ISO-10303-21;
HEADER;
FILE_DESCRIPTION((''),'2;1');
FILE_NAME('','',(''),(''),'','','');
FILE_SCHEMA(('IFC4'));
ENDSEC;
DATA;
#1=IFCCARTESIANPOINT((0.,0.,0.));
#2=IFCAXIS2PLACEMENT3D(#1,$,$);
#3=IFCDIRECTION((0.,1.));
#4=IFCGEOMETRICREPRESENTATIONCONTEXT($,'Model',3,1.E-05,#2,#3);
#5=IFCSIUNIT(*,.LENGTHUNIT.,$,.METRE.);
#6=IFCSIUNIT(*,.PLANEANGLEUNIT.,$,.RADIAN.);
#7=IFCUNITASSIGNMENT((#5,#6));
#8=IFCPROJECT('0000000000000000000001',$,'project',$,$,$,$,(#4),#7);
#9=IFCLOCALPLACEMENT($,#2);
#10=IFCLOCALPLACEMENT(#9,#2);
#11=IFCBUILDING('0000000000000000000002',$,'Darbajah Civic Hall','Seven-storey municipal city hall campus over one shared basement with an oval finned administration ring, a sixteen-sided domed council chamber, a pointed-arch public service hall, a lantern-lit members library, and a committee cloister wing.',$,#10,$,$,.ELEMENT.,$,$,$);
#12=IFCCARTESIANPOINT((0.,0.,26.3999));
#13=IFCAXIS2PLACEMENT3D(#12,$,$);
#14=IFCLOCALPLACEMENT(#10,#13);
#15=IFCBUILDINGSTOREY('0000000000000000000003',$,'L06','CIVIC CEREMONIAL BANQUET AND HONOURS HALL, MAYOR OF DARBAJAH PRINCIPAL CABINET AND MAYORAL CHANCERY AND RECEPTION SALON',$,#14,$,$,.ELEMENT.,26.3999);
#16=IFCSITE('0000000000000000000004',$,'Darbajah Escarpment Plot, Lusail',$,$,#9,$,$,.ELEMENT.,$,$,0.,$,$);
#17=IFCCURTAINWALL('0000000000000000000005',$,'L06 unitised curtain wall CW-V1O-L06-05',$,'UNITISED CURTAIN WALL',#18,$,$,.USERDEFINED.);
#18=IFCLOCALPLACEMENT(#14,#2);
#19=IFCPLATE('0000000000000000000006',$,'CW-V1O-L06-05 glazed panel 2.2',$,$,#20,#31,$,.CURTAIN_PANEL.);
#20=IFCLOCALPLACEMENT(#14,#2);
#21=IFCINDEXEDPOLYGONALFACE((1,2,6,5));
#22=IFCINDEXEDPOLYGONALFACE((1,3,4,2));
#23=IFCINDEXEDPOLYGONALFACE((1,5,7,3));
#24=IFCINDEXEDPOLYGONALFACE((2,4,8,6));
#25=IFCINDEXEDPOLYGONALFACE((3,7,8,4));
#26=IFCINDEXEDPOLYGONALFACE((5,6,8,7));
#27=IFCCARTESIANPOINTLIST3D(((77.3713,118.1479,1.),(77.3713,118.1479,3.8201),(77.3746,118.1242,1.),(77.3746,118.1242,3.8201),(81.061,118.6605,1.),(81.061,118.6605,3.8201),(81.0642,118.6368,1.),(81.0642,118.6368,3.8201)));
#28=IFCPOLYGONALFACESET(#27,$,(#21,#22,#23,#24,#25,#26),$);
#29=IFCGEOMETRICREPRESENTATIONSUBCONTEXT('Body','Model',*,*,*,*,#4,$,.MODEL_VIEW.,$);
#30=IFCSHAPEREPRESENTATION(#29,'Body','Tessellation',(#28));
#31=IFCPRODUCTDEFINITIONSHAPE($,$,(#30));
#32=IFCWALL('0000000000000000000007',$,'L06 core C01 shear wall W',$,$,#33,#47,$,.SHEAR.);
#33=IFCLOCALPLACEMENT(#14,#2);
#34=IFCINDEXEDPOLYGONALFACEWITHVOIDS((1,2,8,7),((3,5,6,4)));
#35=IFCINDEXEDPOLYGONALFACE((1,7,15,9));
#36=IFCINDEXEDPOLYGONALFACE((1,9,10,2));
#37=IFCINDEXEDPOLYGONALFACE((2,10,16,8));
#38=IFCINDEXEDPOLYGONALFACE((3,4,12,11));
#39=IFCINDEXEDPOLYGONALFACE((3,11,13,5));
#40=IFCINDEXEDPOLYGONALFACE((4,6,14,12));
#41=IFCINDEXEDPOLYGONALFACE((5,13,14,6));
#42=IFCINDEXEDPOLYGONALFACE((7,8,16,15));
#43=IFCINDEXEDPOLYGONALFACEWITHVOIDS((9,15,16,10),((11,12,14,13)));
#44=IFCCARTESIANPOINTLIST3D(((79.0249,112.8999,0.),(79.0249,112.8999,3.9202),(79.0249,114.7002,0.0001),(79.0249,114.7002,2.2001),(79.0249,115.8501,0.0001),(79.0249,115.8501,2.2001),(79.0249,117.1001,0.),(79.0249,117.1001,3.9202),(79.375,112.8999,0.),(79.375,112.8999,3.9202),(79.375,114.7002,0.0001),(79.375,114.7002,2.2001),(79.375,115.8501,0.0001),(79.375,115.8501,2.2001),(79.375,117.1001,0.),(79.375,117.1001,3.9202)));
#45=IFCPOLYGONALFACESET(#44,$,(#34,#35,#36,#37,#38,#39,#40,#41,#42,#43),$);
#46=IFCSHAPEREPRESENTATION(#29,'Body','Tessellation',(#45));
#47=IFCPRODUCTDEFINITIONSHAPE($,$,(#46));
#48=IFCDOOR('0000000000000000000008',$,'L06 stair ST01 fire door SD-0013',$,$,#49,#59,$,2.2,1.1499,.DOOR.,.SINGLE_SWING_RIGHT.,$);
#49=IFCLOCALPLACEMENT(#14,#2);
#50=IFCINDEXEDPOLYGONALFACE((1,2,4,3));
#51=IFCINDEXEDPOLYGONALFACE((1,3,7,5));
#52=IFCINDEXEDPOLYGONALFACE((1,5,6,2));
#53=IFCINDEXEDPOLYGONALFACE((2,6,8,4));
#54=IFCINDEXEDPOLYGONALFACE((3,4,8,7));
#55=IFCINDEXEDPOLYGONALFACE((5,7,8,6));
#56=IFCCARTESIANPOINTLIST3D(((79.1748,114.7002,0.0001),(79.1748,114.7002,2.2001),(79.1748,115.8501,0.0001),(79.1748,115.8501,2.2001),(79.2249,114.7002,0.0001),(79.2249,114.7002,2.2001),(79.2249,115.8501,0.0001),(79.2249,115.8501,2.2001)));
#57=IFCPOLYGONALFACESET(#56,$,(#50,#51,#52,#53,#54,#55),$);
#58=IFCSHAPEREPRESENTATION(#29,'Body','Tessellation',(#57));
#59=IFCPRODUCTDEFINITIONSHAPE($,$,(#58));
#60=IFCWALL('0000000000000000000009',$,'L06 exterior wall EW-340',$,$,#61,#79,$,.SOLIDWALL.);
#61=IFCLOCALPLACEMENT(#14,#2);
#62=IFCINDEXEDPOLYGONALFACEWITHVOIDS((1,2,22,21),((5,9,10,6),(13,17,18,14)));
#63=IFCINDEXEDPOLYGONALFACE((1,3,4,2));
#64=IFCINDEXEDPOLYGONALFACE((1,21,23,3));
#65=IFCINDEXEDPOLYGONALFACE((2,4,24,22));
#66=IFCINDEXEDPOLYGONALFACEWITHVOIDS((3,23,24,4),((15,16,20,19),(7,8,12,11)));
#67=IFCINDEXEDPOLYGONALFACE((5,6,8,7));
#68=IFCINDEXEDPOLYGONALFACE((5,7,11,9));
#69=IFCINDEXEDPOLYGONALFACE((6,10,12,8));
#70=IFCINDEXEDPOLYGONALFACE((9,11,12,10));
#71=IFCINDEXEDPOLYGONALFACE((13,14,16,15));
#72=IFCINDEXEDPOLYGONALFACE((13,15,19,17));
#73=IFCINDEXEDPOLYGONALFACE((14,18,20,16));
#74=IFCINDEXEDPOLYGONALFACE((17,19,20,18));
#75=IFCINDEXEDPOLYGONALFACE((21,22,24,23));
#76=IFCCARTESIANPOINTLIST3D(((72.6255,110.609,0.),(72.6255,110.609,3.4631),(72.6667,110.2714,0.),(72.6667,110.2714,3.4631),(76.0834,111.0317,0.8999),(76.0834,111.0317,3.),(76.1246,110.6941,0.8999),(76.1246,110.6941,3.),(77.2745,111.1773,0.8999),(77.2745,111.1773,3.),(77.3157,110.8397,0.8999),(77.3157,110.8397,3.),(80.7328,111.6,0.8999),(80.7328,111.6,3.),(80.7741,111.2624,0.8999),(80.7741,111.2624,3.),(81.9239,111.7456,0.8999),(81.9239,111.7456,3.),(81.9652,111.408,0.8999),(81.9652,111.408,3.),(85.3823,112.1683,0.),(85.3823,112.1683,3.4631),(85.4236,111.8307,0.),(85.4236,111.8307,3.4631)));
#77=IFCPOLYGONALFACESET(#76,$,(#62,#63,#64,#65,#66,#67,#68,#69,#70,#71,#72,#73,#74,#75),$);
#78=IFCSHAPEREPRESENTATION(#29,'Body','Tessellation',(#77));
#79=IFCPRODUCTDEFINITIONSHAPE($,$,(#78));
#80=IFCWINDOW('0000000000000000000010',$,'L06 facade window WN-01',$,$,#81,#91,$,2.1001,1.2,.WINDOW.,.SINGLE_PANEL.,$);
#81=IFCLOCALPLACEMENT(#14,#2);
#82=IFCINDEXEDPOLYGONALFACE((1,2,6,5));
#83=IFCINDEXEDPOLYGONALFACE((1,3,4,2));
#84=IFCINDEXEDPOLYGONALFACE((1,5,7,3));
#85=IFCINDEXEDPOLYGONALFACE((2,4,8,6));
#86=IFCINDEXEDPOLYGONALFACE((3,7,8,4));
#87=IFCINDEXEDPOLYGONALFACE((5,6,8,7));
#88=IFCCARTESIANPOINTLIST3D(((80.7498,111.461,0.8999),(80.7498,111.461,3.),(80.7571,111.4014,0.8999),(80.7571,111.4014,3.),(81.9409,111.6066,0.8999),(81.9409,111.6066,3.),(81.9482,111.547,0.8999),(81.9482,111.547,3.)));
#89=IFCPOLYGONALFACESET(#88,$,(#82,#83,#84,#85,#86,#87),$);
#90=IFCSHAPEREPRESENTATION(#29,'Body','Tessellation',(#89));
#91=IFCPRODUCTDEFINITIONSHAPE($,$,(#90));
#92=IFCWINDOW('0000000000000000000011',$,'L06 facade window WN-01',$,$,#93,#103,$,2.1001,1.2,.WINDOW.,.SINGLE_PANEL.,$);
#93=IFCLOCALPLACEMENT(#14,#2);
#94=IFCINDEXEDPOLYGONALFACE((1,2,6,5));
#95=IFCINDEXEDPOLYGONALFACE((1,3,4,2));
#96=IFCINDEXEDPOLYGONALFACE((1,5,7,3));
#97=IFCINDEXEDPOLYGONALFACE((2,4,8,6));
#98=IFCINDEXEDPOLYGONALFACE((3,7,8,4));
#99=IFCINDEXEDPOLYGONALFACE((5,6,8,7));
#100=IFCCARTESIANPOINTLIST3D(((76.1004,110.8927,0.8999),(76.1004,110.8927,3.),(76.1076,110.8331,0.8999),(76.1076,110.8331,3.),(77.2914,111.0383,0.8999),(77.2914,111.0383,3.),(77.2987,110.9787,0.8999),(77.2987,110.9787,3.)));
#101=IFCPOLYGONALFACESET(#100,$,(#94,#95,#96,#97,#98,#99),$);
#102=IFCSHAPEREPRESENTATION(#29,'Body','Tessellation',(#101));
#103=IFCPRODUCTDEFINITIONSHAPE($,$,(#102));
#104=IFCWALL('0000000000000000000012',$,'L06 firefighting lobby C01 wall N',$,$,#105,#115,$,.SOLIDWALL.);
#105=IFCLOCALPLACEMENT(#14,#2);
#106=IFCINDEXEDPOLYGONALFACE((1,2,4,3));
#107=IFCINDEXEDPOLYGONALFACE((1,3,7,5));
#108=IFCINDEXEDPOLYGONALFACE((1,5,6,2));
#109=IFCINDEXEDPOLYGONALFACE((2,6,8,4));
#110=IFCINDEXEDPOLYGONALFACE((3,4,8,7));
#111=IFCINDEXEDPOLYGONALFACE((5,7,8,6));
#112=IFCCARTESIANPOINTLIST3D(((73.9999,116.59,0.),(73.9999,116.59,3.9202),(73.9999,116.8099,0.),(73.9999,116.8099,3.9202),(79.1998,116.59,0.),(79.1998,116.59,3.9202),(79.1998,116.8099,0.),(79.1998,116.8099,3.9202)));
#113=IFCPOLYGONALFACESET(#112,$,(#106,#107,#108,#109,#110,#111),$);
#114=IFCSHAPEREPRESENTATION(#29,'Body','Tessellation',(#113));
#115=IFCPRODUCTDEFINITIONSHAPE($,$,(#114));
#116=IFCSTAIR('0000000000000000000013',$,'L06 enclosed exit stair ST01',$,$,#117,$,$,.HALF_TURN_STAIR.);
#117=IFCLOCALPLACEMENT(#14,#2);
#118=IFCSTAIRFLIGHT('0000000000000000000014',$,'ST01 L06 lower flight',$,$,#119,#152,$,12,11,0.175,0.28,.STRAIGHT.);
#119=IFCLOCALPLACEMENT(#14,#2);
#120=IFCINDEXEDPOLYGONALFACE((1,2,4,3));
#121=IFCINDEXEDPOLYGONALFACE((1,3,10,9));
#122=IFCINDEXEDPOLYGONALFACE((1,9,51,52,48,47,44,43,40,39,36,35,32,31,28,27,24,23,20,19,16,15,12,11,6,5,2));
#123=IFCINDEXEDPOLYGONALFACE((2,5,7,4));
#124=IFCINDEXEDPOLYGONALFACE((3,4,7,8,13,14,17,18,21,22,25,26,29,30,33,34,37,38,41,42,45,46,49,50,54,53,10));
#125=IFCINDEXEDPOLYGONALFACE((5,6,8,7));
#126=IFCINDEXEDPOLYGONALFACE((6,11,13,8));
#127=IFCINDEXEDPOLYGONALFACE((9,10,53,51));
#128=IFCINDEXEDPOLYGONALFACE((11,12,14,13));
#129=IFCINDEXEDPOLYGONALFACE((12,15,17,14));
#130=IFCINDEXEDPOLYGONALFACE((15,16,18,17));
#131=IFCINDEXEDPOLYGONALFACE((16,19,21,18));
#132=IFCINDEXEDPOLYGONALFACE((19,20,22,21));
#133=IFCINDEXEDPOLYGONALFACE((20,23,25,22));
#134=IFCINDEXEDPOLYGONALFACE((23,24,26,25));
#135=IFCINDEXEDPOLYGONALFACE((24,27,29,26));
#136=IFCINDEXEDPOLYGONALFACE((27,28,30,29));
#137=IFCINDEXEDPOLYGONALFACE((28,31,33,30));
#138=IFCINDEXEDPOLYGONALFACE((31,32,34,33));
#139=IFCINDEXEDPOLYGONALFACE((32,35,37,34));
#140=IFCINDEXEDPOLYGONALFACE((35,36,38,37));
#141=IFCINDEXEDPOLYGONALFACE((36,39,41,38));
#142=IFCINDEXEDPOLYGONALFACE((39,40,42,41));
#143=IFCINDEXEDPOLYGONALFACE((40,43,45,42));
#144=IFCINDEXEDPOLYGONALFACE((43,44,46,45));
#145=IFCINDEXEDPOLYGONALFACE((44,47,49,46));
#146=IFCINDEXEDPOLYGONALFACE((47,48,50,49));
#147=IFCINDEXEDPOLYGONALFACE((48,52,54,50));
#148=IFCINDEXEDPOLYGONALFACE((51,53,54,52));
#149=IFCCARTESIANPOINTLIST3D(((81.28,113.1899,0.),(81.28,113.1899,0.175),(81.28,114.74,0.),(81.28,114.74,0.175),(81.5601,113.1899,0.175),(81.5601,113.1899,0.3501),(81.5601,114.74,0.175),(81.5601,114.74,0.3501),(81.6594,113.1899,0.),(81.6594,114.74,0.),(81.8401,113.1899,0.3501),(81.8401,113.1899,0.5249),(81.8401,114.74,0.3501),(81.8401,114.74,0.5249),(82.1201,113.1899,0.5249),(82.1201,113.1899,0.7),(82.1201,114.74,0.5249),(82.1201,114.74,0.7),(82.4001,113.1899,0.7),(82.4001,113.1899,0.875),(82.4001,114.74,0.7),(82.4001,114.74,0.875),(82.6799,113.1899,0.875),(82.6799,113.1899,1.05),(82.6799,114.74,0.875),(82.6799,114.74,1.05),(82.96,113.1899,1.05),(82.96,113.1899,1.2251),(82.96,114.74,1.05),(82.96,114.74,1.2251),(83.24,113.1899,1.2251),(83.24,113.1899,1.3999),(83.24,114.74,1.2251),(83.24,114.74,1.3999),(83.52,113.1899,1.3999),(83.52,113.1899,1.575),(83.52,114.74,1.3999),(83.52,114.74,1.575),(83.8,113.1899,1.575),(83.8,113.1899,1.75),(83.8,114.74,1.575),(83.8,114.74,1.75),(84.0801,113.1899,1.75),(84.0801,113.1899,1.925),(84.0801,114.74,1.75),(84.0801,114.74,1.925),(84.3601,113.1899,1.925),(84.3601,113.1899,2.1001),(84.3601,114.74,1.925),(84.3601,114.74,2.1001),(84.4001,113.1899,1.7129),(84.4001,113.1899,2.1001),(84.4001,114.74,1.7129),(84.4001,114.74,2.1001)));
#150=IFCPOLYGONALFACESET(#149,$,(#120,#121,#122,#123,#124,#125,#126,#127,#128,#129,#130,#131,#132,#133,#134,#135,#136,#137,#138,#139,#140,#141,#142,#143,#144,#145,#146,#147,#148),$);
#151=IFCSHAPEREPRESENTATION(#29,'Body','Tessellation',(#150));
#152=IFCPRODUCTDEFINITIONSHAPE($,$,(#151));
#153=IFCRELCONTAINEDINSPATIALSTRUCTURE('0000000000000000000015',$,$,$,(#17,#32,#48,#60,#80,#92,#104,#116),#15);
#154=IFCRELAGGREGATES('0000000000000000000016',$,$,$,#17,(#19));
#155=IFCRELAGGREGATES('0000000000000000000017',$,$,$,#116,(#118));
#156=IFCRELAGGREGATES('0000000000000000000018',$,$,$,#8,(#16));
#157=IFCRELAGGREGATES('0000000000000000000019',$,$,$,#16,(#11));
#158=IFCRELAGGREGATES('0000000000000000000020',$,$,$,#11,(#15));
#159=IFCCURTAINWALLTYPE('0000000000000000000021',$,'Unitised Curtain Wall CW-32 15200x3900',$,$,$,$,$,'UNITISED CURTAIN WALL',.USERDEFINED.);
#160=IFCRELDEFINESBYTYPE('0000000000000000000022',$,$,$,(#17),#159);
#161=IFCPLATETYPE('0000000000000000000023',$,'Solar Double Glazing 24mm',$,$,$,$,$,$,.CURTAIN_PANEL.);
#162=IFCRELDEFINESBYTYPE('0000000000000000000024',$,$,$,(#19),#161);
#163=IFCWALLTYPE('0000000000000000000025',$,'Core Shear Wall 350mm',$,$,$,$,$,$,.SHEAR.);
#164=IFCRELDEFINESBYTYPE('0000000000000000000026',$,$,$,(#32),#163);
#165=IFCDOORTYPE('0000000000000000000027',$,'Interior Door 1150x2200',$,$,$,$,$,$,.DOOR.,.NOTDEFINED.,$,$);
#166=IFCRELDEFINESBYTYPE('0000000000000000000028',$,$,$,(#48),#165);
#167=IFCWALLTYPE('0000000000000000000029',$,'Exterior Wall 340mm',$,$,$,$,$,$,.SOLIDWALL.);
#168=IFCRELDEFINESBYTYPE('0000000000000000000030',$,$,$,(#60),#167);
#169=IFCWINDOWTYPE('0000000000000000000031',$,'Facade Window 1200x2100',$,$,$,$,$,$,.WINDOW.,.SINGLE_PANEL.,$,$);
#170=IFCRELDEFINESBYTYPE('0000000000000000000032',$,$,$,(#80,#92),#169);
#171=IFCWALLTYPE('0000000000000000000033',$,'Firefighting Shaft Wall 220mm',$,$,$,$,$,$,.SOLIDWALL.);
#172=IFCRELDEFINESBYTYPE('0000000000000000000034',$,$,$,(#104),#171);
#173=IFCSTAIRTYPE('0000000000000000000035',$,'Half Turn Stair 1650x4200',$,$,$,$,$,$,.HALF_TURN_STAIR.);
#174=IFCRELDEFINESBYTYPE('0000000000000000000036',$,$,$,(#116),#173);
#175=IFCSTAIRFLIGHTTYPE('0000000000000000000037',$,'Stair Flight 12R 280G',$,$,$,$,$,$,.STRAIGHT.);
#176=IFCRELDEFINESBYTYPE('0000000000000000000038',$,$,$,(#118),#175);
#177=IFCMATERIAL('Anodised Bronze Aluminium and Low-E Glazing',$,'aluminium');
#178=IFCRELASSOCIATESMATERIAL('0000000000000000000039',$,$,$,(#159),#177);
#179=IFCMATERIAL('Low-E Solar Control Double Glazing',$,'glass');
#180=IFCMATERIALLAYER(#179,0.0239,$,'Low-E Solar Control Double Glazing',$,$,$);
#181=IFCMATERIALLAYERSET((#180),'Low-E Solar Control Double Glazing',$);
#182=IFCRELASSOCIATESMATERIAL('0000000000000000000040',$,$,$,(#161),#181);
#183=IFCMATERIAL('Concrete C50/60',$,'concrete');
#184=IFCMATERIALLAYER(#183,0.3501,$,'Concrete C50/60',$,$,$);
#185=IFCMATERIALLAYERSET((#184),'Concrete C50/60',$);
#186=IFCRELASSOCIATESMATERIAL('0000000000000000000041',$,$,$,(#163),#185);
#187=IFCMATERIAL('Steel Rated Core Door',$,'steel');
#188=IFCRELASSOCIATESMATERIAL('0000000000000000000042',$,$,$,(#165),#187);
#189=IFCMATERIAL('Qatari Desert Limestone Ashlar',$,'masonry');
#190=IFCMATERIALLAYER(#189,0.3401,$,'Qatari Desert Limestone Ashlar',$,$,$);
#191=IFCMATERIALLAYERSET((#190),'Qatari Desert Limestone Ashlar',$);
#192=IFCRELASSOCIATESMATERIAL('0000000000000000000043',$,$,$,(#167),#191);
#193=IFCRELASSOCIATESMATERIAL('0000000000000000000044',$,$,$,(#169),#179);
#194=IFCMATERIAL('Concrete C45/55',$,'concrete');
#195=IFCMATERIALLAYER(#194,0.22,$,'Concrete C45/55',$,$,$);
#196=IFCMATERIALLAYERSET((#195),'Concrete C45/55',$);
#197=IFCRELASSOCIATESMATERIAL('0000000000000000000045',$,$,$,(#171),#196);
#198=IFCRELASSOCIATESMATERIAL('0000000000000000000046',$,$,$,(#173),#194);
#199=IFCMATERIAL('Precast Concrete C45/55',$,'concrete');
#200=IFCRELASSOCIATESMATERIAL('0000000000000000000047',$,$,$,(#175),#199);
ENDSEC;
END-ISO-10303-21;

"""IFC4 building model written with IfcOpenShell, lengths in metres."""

from ifc_helpers import new_model, si_unit, direction, frame, frame_2d, origin, origin_2d, place, context, subcontext, project, spatial, polyline, rectangle, outline, extrude, material, layer, layer_set, type_object, element, fill, aggregate, save


model = new_model("IFC4")

# Units and contexts
model_context = context("Model", 3, precision=1e-05, world=origin(), true_north=direction((0.0, 1.0)))
body_context = subcontext(model_context, "Body", "Model", "MODEL_VIEW")
ifc_project = project(units=[si_unit("LENGTHUNIT", "METRE"), si_unit("PLANEANGLEUNIT", "RADIAN")], contexts=[model_context])

# Site, building, storey
site_placement = place(None, origin())
site = spatial("IfcSite", under=ifc_project, at=site_placement, Name="Darbajah Escarpment Plot, Lusail", CompositionType="ELEMENT", RefElevation=0.0)
building_placement = place(site_placement, origin())
building = spatial("IfcBuilding", under=site, at=building_placement, Name="Darbajah Civic Hall", Description="Seven-storey municipal city hall campus over one shared basement with an oval finned administration ring, a sixteen-sided domed council chamber, a pointed-arch public service hall, a lantern-lit members library, and a committee cloister wing.", CompositionType="ELEMENT")
storey_placement = place(building_placement, frame((0.0, 0.0, 26.3999)))
storey = spatial("IfcBuildingStorey", under=building, at=storey_placement, Name="L06", Description="CIVIC CEREMONIAL BANQUET AND HONOURS HALL, MAYOR OF DARBAJAH PRINCIPAL CABINET AND MAYORAL CHANCERY AND RECEPTION SALON", CompositionType="ELEMENT", Elevation=26.3999)

# Shared definitions
ifc_material_1 = material(Name="Concrete C45/55", Category="concrete")

# Curtain wall
ifc_material_2 = material(Name="Anodised Bronze Aluminium and Low-E Glazing", Category="aluminium")
curtain_wall_type = type_object("IfcCurtainWallType", Name="Unitised Curtain Wall CW-32 15200x3900", ElementType="UNITISED CURTAIN WALL", PredefinedType="USERDEFINED", material=ifc_material_2)
curtain_wall_placement = place(storey_placement, origin())
curtain_wall = element("IfcCurtainWall", 1, at=curtain_wall_placement, inside=storey, type_object=curtain_wall_type, Name="L06 unitised curtain wall CW-V1O-L06-05", ObjectType="UNITISED CURTAIN WALL", PredefinedType="USERDEFINED")

# Plate
ifc_material_3 = material(Name="Low-E Solar Control Double Glazing", Category="glass")
ifc_layer_1 = layer(ifc_material_3, 0.0239, Name="Low-E Solar Control Double Glazing")
ifc_layer_set_1 = layer_set([ifc_layer_1], Name="Low-E Solar Control Double Glazing")
plate_type = type_object("IfcPlateType", Name="Solar Double Glazing 24mm", PredefinedType="CURTAIN_PANEL", material=ifc_layer_set_1)
plate_1_placement = place(storey_placement, frame((79.2178, 118.3923, 1.0), z_axis=(0.0, 0.0, 1.0), x_axis=(-0.990485, -0.137617, 0.0)))
plate_1 = element("IfcPlate", 2, at=plate_1_placement, type_object=plate_type, Name="CW-V1O-L06-05 glazed panel 2.2", PredefinedType="CURTAIN_PANEL", context=body_context, shape_type="SweptSolid", body=[
    extrude(rectangle(XDim=3.7251, YDim=0.0239, at=origin_2d()), origin(), (0.0, 0.0, 1.0), 2.8201),
])
aggregate(curtain_wall, [plate_1])

# Wall, opening, door
ifc_material_4 = material(Name="Concrete C50/60", Category="concrete")
ifc_layer_2 = layer(ifc_material_4, 0.3501, Name="Concrete C50/60")
ifc_layer_set_2 = layer_set([ifc_layer_2], Name="Concrete C50/60")
wall_type_1 = type_object("IfcWallType", Name="Core Shear Wall 350mm", PredefinedType="SHEAR", material=ifc_layer_set_2)
wall_1_placement = place(storey_placement, frame((79.2, 117.1001, 0.0), z_axis=(0.0, 0.0, 1.0), x_axis=(0.0, -1.0, 0.0)))
wall_1 = element("IfcWall", 3, at=wall_1_placement, inside=storey, type_object=wall_type_1, Name="L06 core C01 shear wall W", PredefinedType="SHEAR", context=body_context, shape_type="SweptSolid", body=[
    extrude(rectangle(XDim=4.2002, YDim=0.3501, at=frame_2d((2.1001, 0.0))), origin(), (0.0, 0.0, 1.0), 3.9202),
])
opening_1_placement = place(wall_1_placement, frame((1.25, 0.0, 0.0)))
opening_1 = element("IfcOpeningElement", 4, at=opening_1_placement, cuts=wall_1, PredefinedType="OPENING", context=body_context, shape_type="SweptSolid", body=[
    extrude(rectangle(XDim=1.1499, YDim=2.2, at=frame_2d((0.575, 1.1001))), frame((0.0, 0.1851, 0.0), z_axis=(0.0, -1.0, 0.0), x_axis=(1.0, 0.0, 0.0)), (0.0, 0.0, 1.0), 0.3701),
])
ifc_material_5 = material(Name="Steel Rated Core Door", Category="steel")
door_type = type_object("IfcDoorType", Name="Interior Door 1150x2200", OperationType="NOTDEFINED", PredefinedType="DOOR", material=ifc_material_5)
door_placement = place(opening_1_placement, origin())
door = element("IfcDoor", 5, at=door_placement, inside=storey, type_object=door_type, Name="L06 stair ST01 fire door SD-0013", OperationType="SINGLE_SWING_RIGHT", OverallHeight=2.2, OverallWidth=1.1499, PredefinedType="DOOR", context=body_context, shape_type="SweptSolid", body=[
    extrude(rectangle(XDim=1.1499, YDim=2.2, at=frame_2d((0.575, 1.1001))), frame((0.0, 0.0249, 0.0), z_axis=(0.0, -1.0, 0.0), x_axis=(1.0, 0.0, 0.0)), (0.0, 0.0, 1.0), 0.05),
])
fill(opening_1, door)

# Wall, openings, windows
ifc_material_6 = material(Name="Qatari Desert Limestone Ashlar", Category="masonry")
ifc_layer_3 = layer(ifc_material_6, 0.3401, Name="Qatari Desert Limestone Ashlar")
ifc_layer_set_3 = layer_set([ifc_layer_3], Name="Qatari Desert Limestone Ashlar")
wall_type_2 = type_object("IfcWallType", Name="Exterior Wall 340mm", PredefinedType="SOLIDWALL", material=ifc_layer_set_3)
wall_2_placement = place(storey_placement, frame((85.4028, 111.9995, 0.0), z_axis=(0.0, 0.0, 1.0), x_axis=(-0.992612, -0.121331, 0.0)))
wall_2 = element("IfcWall", 6, at=wall_2_placement, inside=storey, type_object=wall_type_2, Name="L06 exterior wall EW-340", PredefinedType="SOLIDWALL", context=body_context, shape_type="SweptSolid", body=[
    extrude(rectangle(XDim=12.8518, YDim=0.3401, at=frame_2d((6.4258, 0.0))), origin(), (0.0, 0.0, 1.0), 3.4631),
])
opening_2_placement = place(wall_2_placement, frame((3.4839, 0.0, 0.8999)))
opening_2 = element("IfcOpeningElement", 7, at=opening_2_placement, cuts=wall_2, PredefinedType="OPENING", context=body_context, shape_type="SweptSolid", body=[
    extrude(rectangle(XDim=1.2, YDim=2.1001, at=frame_2d((0.6001, 1.05))), frame((0.0, 0.1799, 0.0), z_axis=(0.0, -1.0, 0.0), x_axis=(1.0, 0.0, 0.0)), (0.0, 0.0, 1.0), 0.3601),
])
opening_3_placement = place(wall_2_placement, frame((8.168, 0.0, 0.8999)))
opening_3 = element("IfcOpeningElement", 8, at=opening_3_placement, cuts=wall_2, PredefinedType="OPENING", context=body_context, shape_type="SweptSolid", body=[
    extrude(rectangle(XDim=1.2, YDim=2.1001, at=frame_2d((0.6001, 1.05))), frame((0.0, 0.1799, 0.0), z_axis=(0.0, -1.0, 0.0), x_axis=(1.0, 0.0, 0.0)), (0.0, 0.0, 1.0), 0.3601),
])
window_type = type_object("IfcWindowType", Name="Facade Window 1200x2100", PartitioningType="SINGLE_PANEL", PredefinedType="WINDOW", material=ifc_material_3)
window_1_placement = place(opening_2_placement, origin())
window_1 = element("IfcWindow", 9, at=window_1_placement, inside=storey, type_object=window_type, Name="L06 facade window WN-01", OverallHeight=2.1001, OverallWidth=1.2, PartitioningType="SINGLE_PANEL", PredefinedType="WINDOW", context=body_context, shape_type="SweptSolid", body=[
    extrude(rectangle(XDim=1.2, YDim=2.1001, at=frame_2d((0.6001, 1.05))), frame((0.0, 0.03, 0.0), z_axis=(0.0, -1.0, 0.0), x_axis=(1.0, 0.0, 0.0)), (0.0, 0.0, 1.0), 0.0601),
])
fill(opening_2, window_1)
window_2_placement = place(opening_3_placement, origin())
window_2 = element("IfcWindow", 10, at=window_2_placement, inside=storey, type_object=window_type, Name="L06 facade window WN-01", OverallHeight=2.1001, OverallWidth=1.2, PartitioningType="SINGLE_PANEL", PredefinedType="WINDOW", context=body_context, shape_type="SweptSolid", body=[
    extrude(rectangle(XDim=1.2, YDim=2.1001, at=frame_2d((0.6001, 1.05))), frame((0.0, 0.03, 0.0), z_axis=(0.0, -1.0, 0.0), x_axis=(1.0, 0.0, 0.0)), (0.0, 0.0, 1.0), 0.0601),
])
fill(opening_3, window_2)

# Wall
ifc_layer_4 = layer(ifc_material_1, 0.22, Name="Concrete C45/55")
ifc_layer_set_4 = layer_set([ifc_layer_4], Name="Concrete C45/55")
wall_type_3 = type_object("IfcWallType", Name="Firefighting Shaft Wall 220mm", PredefinedType="SOLIDWALL", material=ifc_layer_set_4)
wall_3_placement = place(storey_placement, frame((79.2, 116.7, 0.0), z_axis=(0.0, 0.0, 1.0), x_axis=(-1.0, 0.0, 0.0)))
element("IfcWall", 11, at=wall_3_placement, inside=storey, type_object=wall_type_3, Name="L06 firefighting lobby C01 wall N", PredefinedType="SOLIDWALL", context=body_context, shape_type="SweptSolid", body=[
    extrude(rectangle(XDim=5.2, YDim=0.22, at=frame_2d((2.6001, 0.0))), origin(), (0.0, 0.0, 1.0), 3.9202),
])

# Stair, stair flight
stair_type = type_object("IfcStairType", Name="Half Turn Stair 1650x4200", PredefinedType="HALF_TURN_STAIR", material=ifc_material_1)
stair_placement = place(storey_placement, origin())
stair = element("IfcStair", 12, at=stair_placement, inside=storey, type_object=stair_type, Name="L06 enclosed exit stair ST01", PredefinedType="HALF_TURN_STAIR")
ifc_material_7 = material(Name="Precast Concrete C45/55", Category="concrete")
stair_flight_type = type_object("IfcStairFlightType", Name="Stair Flight 12R 280G", PredefinedType="STRAIGHT", material=ifc_material_7)
stair_flight_1_placement = place(storey_placement, frame((81.28, 113.9651, 0.0), z_axis=(0.0, 0.0, 1.0), x_axis=(1.0, 0.0, 0.0)))
stair_flight_1 = element("IfcStairFlight", 13, at=stair_flight_1_placement, type_object=stair_flight_type, Name="ST01 L06 lower flight", NumberOfRisers=12, NumberOfTreads=11, PredefinedType="STRAIGHT", RiserHeight=0.175, TreadLength=0.28, context=body_context, shape_type="SweptSolid", body=[
    extrude(outline(polyline([(0.0, 0.0), (0.0, 0.175), (0.28, 0.175), (0.28, 0.3501), (0.5601, 0.3501), (0.5601, 0.5249), (0.8401, 0.5249), (0.8401, 0.7), (1.1201, 0.7), (1.1201, 0.875), (1.3999, 0.875), (1.3999, 1.05), (1.6799, 1.05), (1.6799, 1.2251), (1.96, 1.2251), (1.96, 1.3999), (2.24, 1.3999), (2.24, 1.575), (2.52, 1.575), (2.52, 1.75), (2.8, 1.75), (2.8, 1.925), (3.0801, 1.925), (3.0801, 2.1001), (3.1201, 2.1001), (3.1201, 1.7129), (0.3794, 0.0), (0.0, 0.0)])), frame((0.0, 0.7749, 0.0), z_axis=(0.0, -1.0, 0.0), x_axis=(1.0, 0.0, 0.0)), (0.0, 0.0, 1.0), 1.55),
])
aggregate(stair, [stair_flight_1])

save(model, "model.ifc")
